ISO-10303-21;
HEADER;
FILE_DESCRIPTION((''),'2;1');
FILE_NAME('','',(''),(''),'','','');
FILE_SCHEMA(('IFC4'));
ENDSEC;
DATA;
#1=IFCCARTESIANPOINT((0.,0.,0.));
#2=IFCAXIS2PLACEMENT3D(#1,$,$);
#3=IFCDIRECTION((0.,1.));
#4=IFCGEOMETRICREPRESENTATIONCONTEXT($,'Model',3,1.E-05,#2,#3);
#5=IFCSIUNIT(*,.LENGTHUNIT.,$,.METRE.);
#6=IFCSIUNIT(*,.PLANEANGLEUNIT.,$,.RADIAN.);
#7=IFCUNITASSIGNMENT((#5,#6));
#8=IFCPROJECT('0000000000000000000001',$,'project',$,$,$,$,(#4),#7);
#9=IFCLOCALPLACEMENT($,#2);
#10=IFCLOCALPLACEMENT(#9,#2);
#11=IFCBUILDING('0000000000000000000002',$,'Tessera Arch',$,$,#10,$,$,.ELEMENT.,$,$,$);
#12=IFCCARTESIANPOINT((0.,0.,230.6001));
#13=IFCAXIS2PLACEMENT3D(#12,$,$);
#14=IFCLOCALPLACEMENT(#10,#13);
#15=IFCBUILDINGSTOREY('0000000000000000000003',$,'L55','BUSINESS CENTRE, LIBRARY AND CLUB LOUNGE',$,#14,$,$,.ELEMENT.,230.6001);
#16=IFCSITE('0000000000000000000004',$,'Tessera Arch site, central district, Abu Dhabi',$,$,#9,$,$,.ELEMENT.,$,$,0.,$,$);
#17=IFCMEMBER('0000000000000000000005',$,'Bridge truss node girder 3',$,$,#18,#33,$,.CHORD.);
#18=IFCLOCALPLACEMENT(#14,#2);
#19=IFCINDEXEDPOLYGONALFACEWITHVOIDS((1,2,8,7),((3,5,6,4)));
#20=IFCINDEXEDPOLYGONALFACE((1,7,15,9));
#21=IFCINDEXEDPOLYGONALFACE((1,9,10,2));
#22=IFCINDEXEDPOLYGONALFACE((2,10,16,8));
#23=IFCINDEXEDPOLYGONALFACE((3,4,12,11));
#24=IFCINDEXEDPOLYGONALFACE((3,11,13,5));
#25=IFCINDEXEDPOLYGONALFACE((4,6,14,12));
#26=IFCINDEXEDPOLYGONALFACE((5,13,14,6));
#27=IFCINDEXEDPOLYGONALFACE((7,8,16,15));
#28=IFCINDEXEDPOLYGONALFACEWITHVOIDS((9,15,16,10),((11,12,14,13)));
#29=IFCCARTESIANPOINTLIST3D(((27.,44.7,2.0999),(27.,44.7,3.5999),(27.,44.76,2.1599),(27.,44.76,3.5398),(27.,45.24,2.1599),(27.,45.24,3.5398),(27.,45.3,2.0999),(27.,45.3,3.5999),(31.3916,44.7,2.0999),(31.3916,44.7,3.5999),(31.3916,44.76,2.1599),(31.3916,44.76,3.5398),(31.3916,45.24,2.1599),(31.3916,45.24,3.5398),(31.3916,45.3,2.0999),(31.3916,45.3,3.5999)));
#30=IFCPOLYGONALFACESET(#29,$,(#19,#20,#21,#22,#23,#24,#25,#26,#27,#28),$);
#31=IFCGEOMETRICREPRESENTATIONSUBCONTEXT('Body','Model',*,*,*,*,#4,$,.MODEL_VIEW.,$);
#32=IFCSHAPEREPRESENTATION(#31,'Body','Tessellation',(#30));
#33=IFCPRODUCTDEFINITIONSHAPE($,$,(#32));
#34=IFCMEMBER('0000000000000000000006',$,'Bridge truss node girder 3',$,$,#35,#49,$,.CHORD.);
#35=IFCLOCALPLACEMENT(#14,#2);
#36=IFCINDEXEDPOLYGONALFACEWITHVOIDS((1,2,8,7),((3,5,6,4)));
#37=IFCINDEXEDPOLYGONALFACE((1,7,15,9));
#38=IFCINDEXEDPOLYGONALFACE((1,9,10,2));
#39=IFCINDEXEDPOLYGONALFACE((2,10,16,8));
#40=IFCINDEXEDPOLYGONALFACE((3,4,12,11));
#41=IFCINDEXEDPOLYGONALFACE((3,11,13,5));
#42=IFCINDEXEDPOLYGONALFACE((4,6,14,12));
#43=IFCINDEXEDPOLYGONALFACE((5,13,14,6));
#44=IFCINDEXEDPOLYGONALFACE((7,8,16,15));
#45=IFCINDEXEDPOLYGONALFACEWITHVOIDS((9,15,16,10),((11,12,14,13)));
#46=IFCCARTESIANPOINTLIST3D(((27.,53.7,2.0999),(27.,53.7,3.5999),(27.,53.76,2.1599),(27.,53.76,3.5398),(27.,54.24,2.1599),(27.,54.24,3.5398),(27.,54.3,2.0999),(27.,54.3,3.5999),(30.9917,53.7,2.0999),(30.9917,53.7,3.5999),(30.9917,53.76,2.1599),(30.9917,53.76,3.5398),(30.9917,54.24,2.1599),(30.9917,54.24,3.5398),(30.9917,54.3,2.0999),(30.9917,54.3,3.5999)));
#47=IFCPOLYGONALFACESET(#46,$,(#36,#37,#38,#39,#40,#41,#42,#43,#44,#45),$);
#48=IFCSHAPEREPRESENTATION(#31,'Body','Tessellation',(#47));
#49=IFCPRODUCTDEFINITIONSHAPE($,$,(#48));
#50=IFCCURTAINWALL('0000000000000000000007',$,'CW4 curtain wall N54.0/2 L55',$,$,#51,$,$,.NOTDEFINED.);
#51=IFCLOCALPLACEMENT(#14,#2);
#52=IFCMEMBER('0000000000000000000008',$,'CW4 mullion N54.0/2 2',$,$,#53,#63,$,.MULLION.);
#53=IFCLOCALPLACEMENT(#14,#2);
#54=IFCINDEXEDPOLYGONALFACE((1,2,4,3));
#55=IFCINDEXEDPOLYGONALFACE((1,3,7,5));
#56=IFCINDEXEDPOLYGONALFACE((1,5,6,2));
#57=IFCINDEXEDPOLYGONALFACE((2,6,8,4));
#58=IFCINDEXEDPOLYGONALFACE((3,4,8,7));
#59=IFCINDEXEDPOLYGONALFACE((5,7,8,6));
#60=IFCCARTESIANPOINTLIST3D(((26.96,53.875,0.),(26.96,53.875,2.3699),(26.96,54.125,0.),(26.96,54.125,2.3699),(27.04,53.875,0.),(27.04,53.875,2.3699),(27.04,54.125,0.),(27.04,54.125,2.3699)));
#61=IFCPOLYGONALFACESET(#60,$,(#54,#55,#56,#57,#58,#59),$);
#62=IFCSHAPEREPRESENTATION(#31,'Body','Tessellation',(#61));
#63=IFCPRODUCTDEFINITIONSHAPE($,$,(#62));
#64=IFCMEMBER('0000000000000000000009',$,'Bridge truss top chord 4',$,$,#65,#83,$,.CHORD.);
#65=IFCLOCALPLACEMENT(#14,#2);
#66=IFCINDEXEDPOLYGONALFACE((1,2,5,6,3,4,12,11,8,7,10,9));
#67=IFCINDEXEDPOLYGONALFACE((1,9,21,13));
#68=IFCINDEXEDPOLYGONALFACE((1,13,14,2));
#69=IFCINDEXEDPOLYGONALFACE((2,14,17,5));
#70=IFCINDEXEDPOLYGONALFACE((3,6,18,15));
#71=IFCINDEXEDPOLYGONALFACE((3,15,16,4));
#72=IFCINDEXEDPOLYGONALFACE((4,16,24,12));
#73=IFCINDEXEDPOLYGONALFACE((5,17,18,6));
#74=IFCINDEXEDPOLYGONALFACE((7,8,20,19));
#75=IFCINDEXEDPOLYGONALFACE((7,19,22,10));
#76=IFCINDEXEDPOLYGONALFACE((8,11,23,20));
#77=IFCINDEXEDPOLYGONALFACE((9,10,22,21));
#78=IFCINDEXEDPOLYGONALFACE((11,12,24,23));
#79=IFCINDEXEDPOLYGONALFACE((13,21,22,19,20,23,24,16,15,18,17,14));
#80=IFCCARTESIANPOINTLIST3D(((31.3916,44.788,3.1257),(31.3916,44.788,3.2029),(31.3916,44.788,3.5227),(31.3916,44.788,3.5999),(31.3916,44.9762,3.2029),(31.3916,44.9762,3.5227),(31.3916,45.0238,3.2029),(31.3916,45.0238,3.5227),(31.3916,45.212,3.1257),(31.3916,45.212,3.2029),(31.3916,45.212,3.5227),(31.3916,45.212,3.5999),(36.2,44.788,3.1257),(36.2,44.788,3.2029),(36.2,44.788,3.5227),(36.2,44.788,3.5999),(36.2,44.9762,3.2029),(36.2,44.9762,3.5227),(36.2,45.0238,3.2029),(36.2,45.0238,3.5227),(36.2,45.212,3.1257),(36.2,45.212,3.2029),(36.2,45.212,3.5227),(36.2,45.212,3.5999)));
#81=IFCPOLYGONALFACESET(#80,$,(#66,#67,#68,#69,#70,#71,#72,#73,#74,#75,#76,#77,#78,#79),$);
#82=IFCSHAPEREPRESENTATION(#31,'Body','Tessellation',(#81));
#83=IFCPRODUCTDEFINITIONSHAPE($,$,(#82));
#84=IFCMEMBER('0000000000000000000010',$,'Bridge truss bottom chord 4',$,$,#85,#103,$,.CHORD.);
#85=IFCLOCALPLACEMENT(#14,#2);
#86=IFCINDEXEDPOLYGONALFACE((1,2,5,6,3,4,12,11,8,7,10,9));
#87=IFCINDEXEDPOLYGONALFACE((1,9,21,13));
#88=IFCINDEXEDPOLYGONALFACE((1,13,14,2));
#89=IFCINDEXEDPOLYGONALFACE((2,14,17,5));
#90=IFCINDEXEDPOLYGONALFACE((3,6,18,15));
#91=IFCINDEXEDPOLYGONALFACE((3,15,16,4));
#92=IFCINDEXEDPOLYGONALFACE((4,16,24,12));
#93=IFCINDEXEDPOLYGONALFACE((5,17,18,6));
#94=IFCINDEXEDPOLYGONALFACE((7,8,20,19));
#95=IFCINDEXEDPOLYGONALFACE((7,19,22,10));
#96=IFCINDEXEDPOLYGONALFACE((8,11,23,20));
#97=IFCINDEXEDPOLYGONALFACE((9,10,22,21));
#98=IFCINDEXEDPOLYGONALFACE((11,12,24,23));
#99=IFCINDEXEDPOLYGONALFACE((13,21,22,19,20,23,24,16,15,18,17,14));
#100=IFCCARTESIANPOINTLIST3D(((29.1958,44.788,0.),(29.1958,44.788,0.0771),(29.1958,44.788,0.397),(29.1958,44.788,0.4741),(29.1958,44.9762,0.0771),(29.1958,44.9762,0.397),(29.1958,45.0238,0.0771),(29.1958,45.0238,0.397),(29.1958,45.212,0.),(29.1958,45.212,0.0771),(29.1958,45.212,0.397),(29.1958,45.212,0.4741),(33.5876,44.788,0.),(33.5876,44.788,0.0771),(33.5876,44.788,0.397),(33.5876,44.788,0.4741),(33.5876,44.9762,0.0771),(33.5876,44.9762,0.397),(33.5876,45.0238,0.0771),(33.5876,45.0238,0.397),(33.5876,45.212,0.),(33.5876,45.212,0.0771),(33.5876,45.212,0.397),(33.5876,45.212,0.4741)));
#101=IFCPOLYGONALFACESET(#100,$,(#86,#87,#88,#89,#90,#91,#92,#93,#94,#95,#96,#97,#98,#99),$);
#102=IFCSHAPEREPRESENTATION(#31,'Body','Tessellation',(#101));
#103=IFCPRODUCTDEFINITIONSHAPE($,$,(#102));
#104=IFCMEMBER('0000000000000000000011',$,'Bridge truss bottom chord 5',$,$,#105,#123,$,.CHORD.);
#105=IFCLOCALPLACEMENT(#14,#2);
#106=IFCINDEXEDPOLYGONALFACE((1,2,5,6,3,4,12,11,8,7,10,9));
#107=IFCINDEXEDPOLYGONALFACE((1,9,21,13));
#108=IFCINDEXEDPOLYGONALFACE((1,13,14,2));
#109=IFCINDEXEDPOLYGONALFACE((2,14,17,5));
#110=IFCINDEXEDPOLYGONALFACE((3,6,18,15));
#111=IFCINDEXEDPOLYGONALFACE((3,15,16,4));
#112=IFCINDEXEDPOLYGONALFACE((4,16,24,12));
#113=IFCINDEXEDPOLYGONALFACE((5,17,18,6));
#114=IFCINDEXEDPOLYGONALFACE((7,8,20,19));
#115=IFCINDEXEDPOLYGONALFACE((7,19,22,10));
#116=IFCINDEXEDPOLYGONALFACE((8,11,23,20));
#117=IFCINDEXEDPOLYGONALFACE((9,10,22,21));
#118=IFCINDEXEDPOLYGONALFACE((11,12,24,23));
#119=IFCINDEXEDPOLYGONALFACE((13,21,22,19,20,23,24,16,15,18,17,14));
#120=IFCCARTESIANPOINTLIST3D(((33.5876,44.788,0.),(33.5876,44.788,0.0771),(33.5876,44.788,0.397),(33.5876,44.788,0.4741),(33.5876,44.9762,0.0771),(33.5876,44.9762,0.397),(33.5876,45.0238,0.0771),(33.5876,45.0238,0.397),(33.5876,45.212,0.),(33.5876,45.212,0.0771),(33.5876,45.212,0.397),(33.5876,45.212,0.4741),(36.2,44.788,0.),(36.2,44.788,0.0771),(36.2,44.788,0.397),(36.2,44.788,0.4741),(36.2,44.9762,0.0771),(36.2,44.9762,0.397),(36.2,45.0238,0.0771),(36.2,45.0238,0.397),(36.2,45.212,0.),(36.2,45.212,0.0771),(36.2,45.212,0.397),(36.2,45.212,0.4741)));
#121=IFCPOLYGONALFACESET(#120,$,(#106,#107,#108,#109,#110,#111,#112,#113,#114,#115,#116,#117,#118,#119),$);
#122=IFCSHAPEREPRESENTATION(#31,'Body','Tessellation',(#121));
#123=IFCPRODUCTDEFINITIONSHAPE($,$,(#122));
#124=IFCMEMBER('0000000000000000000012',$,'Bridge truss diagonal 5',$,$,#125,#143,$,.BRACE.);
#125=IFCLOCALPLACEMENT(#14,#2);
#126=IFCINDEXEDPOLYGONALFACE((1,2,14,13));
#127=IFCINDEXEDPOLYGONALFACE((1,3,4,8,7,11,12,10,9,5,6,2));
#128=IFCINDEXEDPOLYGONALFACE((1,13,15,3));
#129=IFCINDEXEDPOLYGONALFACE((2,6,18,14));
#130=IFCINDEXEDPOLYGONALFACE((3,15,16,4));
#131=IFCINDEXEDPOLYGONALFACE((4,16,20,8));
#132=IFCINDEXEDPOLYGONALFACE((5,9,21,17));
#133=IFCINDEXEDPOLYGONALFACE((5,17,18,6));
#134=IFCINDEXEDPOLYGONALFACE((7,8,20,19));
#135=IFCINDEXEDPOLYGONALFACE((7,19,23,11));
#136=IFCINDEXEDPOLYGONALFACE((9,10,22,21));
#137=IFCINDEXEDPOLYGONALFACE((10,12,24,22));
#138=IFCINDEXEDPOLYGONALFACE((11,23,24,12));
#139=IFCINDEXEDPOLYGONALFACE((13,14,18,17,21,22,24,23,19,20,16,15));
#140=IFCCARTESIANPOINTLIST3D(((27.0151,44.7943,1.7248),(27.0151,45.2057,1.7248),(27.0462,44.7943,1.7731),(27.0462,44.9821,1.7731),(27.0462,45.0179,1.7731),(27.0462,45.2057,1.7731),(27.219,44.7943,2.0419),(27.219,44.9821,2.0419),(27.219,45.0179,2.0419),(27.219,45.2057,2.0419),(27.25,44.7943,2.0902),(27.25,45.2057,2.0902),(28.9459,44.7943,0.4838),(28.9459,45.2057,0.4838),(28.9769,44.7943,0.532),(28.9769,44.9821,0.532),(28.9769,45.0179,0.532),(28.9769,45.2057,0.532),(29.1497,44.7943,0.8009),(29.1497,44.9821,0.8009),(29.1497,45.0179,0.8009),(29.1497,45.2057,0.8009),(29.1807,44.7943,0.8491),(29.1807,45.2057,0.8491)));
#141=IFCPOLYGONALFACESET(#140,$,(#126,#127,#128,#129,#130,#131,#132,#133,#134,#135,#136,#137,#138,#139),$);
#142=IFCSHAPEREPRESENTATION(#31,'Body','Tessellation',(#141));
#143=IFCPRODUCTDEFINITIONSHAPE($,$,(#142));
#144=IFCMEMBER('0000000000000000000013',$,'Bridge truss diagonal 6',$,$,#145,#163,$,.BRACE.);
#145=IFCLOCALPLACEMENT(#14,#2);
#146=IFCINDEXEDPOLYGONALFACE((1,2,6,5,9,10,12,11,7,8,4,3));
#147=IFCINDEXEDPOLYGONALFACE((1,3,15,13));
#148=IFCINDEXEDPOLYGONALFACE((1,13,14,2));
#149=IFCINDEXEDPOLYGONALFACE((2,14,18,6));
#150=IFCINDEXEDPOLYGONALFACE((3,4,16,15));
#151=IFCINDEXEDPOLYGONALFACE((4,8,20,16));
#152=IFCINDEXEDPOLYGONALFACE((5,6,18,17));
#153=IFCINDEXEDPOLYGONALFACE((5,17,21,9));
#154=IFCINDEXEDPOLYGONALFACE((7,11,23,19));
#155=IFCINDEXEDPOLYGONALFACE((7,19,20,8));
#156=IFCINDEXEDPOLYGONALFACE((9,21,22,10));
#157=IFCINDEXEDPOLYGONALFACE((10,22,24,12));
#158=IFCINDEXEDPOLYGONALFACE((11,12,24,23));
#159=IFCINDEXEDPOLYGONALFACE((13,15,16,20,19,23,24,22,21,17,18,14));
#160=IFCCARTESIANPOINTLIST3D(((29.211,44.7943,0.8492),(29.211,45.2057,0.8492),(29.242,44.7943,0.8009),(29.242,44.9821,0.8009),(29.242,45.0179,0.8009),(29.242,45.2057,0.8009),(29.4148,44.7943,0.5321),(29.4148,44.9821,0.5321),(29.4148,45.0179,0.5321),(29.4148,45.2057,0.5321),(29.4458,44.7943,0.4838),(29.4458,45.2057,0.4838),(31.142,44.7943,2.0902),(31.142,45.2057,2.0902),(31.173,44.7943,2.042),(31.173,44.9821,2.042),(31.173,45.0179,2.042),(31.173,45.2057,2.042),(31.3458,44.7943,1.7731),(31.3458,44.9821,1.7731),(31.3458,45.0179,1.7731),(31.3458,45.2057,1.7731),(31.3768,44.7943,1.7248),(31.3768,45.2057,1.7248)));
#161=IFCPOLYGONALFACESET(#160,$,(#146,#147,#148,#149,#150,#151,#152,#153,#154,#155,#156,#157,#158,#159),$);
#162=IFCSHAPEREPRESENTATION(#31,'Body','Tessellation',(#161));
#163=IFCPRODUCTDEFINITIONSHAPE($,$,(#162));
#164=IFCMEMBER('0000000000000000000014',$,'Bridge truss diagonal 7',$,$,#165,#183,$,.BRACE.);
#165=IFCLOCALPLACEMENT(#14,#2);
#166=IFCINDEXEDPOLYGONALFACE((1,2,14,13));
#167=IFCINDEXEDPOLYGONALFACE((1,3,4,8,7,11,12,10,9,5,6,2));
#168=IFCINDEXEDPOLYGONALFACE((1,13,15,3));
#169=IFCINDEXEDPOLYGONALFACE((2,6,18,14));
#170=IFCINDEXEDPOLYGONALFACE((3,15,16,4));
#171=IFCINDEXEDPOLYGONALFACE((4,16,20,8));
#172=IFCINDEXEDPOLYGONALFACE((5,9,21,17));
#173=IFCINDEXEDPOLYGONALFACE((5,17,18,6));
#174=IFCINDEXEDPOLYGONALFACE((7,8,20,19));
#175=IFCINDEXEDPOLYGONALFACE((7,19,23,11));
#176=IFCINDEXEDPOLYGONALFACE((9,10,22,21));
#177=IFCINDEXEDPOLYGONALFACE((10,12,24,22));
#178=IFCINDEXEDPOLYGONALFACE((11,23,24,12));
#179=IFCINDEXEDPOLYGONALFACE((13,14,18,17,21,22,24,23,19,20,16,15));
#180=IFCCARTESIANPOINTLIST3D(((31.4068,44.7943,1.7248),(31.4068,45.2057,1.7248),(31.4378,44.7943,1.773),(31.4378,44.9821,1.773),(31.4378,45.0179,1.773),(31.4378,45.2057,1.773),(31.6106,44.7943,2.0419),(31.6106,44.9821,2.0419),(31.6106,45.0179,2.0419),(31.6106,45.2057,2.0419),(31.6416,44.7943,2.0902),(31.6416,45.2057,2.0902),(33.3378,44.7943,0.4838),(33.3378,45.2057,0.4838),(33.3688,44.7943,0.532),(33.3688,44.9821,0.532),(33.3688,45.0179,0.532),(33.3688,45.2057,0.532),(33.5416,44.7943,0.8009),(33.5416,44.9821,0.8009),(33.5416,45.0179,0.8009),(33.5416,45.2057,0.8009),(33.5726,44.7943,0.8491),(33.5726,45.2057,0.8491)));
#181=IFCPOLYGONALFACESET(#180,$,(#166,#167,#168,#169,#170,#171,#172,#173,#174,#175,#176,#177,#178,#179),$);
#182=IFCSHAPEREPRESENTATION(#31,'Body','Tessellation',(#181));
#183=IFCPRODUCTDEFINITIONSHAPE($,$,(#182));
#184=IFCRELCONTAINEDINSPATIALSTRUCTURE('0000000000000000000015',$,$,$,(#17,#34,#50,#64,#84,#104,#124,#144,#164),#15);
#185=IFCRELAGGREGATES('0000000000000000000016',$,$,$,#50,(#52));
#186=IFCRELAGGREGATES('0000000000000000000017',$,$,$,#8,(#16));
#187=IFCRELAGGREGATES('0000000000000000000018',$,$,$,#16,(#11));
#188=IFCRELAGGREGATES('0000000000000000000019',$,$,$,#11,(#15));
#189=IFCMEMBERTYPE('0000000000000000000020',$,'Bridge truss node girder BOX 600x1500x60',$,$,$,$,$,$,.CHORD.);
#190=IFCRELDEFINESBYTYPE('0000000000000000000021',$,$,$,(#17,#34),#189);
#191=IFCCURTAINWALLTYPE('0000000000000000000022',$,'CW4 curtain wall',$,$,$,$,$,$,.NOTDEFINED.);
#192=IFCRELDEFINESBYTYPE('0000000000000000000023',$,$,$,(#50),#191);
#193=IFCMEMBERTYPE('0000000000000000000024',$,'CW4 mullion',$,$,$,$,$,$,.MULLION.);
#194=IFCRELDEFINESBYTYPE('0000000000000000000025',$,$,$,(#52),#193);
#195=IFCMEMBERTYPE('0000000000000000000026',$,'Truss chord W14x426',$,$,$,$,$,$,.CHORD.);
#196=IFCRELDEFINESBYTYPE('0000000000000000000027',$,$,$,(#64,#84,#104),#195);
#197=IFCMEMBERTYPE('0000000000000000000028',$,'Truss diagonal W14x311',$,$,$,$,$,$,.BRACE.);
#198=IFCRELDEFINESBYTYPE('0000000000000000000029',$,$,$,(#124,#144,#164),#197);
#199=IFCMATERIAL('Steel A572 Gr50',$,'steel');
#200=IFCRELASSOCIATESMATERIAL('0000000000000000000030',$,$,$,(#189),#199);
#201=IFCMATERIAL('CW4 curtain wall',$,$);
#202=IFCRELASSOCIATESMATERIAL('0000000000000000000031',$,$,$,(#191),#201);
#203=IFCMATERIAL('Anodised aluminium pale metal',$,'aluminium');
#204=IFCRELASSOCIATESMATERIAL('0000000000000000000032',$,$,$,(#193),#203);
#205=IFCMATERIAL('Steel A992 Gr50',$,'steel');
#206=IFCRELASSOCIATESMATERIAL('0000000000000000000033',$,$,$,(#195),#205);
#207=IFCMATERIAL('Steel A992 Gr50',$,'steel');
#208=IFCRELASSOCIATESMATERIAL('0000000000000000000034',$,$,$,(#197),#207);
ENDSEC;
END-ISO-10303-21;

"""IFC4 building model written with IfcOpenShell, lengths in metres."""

from ifc_helpers import new_model, si_unit, direction, frame, origin, origin_2d, place, context, subcontext, project, spatial, rectangle, hollow_rectangle, i_section, extrude, material, material_profile, profile_set, type_object, element, aggregate, save


model = new_model("IFC4")

# Units and contexts
model_context = context("Model", 3, precision=1e-05, world=origin(), true_north=direction((0.0, 1.0)))
body_context = subcontext(model_context, "Body", "Model", "MODEL_VIEW")
ifc_project = project(units=[si_unit("LENGTHUNIT", "METRE"), si_unit("PLANEANGLEUNIT", "RADIAN")], contexts=[model_context])

# Site, building, storey
site_placement = place(None, origin())
site = spatial("IfcSite", under=ifc_project, at=site_placement, Name="Tessera Arch site, central district, Abu Dhabi", CompositionType="ELEMENT", RefElevation=0.0)
building_placement = place(site_placement, origin())
building = spatial("IfcBuilding", under=site, at=building_placement, Name="Tessera Arch", CompositionType="ELEMENT")
storey_placement = place(building_placement, frame((0.0, 0.0, 230.6001)))
storey = spatial("IfcBuildingStorey", under=building, at=storey_placement, Name="L55", Description="BUSINESS CENTRE, LIBRARY AND CLUB LOUNGE", CompositionType="ELEMENT", Elevation=230.6001)

# Members
ifc_material_1 = material(Name="Steel A572 Gr50", Category="steel")
ifc_material_profile_1 = material_profile(ifc_material_1, hollow_rectangle(XDim=0.6001, YDim=1.5, WallThickness=0.0601, at=origin_2d()), Name="BOX 600x1500x60")
ifc_profile_set_1 = profile_set([ifc_material_profile_1], Name="Steel A572 Gr50")
member_type_1 = type_object("IfcMemberType", Name="Bridge truss node girder BOX 600x1500x60", PredefinedType="CHORD", material=ifc_profile_set_1)
member_1_placement = place(storey_placement, frame((27.0, 45.0, 2.8499), z_axis=(1.0, 0.0, 0.0), x_axis=(0.0, 1.0, 0.0)))
element("IfcMember", 1, at=member_1_placement, inside=storey, type_object=member_type_1, Name="Bridge truss node girder 3", PredefinedType="CHORD", context=body_context, shape_type="SweptSolid", body=[
    extrude(hollow_rectangle(XDim=0.6001, YDim=1.5, WallThickness=0.0601, at=origin_2d()), origin(), (0.0, 0.0, 1.0), 4.3916),
])
member_2_placement = place(storey_placement, frame((27.0, 54.0, 2.8499), z_axis=(1.0, 0.0, 0.0), x_axis=(0.0, 1.0, 0.0)))
element("IfcMember", 2, at=member_2_placement, inside=storey, type_object=member_type_1, Name="Bridge truss node girder 3", PredefinedType="CHORD", context=body_context, shape_type="SweptSolid", body=[
    extrude(hollow_rectangle(XDim=0.6001, YDim=1.5, WallThickness=0.0601, at=origin_2d()), origin(), (0.0, 0.0, 1.0), 3.9917),
])

# Curtain wall, member
ifc_material_2 = material(Name="CW4 curtain wall")
curtain_wall_type = type_object("IfcCurtainWallType", Name="CW4 curtain wall", PredefinedType="NOTDEFINED", material=ifc_material_2)
curtain_wall_placement = place(storey_placement, origin())
curtain_wall = element("IfcCurtainWall", 3, at=curtain_wall_placement, inside=storey, type_object=curtain_wall_type, Name="CW4 curtain wall N54.0/2 L55", PredefinedType="NOTDEFINED")
ifc_material_3 = material(Name="Anodised aluminium pale metal", Category="aluminium")
ifc_material_profile_2 = material_profile(ifc_material_3, rectangle(XDim=0.25, YDim=0.0801, at=origin_2d()), Name="AL 80x250")
ifc_profile_set_2 = profile_set([ifc_material_profile_2], Name="Anodised aluminium pale metal")
member_type_2 = type_object("IfcMemberType", Name="CW4 mullion", PredefinedType="MULLION", material=ifc_profile_set_2)
member_3_placement = place(storey_placement, frame((27.0, 54.0, 0.0), z_axis=(0.0, 0.0, 1.0), x_axis=(0.0, -1.0, 0.0)))
member_3 = element("IfcMember", 4, at=member_3_placement, type_object=member_type_2, Name="CW4 mullion N54.0/2 2", PredefinedType="MULLION", context=body_context, shape_type="SweptSolid", body=[
    extrude(rectangle(XDim=0.25, YDim=0.0801, at=origin_2d()), origin(), (0.0, 0.0, 1.0), 2.3699),
])
aggregate(curtain_wall, [member_3])

# Members
ifc_material_4 = material(Name="Steel A992 Gr50", Category="steel")
ifc_material_profile_3 = material_profile(ifc_material_4, i_section(OverallWidth=0.4241, OverallDepth=0.4741, WebThickness=0.0476, FlangeThickness=0.0771, at=origin_2d()), Name="W14x426")
ifc_profile_set_3 = profile_set([ifc_material_profile_3], Name="Steel A992 Gr50")
member_type_3 = type_object("IfcMemberType", Name="Truss chord W14x426", PredefinedType="CHORD", material=ifc_profile_set_3)
member_4_placement = place(storey_placement, frame((31.3916, 45.0, 3.3628), z_axis=(1.0, 0.0, 0.0), x_axis=(0.0, 1.0, 0.0)))
element("IfcMember", 5, at=member_4_placement, inside=storey, type_object=member_type_3, Name="Bridge truss top chord 4", PredefinedType="CHORD", context=body_context, shape_type="SweptSolid", body=[
    extrude(i_section(OverallWidth=0.4241, OverallDepth=0.4741, WebThickness=0.0476, FlangeThickness=0.0771, at=origin_2d()), origin(), (0.0, 0.0, 1.0), 4.8083),
])
member_5_placement = place(storey_placement, frame((29.1958, 45.0, 0.2371), z_axis=(1.0, 0.0, 0.0), x_axis=(0.0, 1.0, 0.0)))
element("IfcMember", 6, at=member_5_placement, inside=storey, type_object=member_type_3, Name="Bridge truss bottom chord 4", PredefinedType="CHORD", context=body_context, shape_type="SweptSolid", body=[
    extrude(i_section(OverallWidth=0.4241, OverallDepth=0.4741, WebThickness=0.0476, FlangeThickness=0.0771, at=origin_2d()), origin(), (0.0, 0.0, 1.0), 4.3918),
])
member_6_placement = place(storey_placement, frame((33.5876, 45.0, 0.2371), z_axis=(1.0, 0.0, 0.0), x_axis=(0.0, 1.0, 0.0)))
element("IfcMember", 7, at=member_6_placement, inside=storey, type_object=member_type_3, Name="Bridge truss bottom chord 5", PredefinedType="CHORD", context=body_context, shape_type="SweptSolid", body=[
    extrude(i_section(OverallWidth=0.4241, OverallDepth=0.4741, WebThickness=0.0476, FlangeThickness=0.0771, at=origin_2d()), origin(), (0.0, 0.0, 1.0), 2.6123),
])
ifc_material_5 = material(Name="Steel A992 Gr50", Category="steel")
ifc_material_profile_4 = material_profile(ifc_material_5, i_section(OverallWidth=0.4114, OverallDepth=0.4343, WebThickness=0.0359, FlangeThickness=0.0574, at=origin_2d()), Name="W14x311")
ifc_profile_set_4 = profile_set([ifc_material_profile_4], Name="Steel A992 Gr50")
member_type_4 = type_object("IfcMemberType", Name="Truss diagonal W14x311", PredefinedType="BRACE", material=ifc_profile_set_4)
member_7_placement = place(storey_placement, frame((27.1326, 45.0, 1.9075), z_axis=(0.841213, 0.0, -0.540704), x_axis=(0.0, 1.0, 0.0)))
element("IfcMember", 8, at=member_7_placement, inside=storey, type_object=member_type_4, Name="Bridge truss diagonal 5", PredefinedType="BRACE", context=body_context, shape_type="SweptSolid", body=[
    extrude(i_section(OverallWidth=0.4114, OverallDepth=0.4343, WebThickness=0.0359, FlangeThickness=0.0574, at=origin_2d()), origin(), (0.0, 0.0, 1.0), 2.2952),
])
for number, where, z_axis, x_axis, name in (
    (9, (29.3284, 45.0, 0.6665), (0.841244, 0.0, 0.540655), (0.0, 1.0, 0.0), "Bridge truss diagonal 6"),
    (10, (31.5242, 45.0, 1.9075), (0.841244, 0.0, -0.540655), (0.0, 1.0, 0.0), "Bridge truss diagonal 7"),
):
    element("IfcMember", number, at=place(storey_placement, frame(where, z_axis=z_axis, x_axis=x_axis)), inside=storey, type_object=member_type_4, Name=name, PredefinedType="BRACE", context=body_context, shape_type="SweptSolid", body=[
        extrude(i_section(OverallWidth=0.4114, OverallDepth=0.4343, WebThickness=0.0359, FlangeThickness=0.0574, at=origin_2d()), origin(), (0.0, 0.0, 1.0), 2.2954),
    ])

save(model, "model.ifc")
